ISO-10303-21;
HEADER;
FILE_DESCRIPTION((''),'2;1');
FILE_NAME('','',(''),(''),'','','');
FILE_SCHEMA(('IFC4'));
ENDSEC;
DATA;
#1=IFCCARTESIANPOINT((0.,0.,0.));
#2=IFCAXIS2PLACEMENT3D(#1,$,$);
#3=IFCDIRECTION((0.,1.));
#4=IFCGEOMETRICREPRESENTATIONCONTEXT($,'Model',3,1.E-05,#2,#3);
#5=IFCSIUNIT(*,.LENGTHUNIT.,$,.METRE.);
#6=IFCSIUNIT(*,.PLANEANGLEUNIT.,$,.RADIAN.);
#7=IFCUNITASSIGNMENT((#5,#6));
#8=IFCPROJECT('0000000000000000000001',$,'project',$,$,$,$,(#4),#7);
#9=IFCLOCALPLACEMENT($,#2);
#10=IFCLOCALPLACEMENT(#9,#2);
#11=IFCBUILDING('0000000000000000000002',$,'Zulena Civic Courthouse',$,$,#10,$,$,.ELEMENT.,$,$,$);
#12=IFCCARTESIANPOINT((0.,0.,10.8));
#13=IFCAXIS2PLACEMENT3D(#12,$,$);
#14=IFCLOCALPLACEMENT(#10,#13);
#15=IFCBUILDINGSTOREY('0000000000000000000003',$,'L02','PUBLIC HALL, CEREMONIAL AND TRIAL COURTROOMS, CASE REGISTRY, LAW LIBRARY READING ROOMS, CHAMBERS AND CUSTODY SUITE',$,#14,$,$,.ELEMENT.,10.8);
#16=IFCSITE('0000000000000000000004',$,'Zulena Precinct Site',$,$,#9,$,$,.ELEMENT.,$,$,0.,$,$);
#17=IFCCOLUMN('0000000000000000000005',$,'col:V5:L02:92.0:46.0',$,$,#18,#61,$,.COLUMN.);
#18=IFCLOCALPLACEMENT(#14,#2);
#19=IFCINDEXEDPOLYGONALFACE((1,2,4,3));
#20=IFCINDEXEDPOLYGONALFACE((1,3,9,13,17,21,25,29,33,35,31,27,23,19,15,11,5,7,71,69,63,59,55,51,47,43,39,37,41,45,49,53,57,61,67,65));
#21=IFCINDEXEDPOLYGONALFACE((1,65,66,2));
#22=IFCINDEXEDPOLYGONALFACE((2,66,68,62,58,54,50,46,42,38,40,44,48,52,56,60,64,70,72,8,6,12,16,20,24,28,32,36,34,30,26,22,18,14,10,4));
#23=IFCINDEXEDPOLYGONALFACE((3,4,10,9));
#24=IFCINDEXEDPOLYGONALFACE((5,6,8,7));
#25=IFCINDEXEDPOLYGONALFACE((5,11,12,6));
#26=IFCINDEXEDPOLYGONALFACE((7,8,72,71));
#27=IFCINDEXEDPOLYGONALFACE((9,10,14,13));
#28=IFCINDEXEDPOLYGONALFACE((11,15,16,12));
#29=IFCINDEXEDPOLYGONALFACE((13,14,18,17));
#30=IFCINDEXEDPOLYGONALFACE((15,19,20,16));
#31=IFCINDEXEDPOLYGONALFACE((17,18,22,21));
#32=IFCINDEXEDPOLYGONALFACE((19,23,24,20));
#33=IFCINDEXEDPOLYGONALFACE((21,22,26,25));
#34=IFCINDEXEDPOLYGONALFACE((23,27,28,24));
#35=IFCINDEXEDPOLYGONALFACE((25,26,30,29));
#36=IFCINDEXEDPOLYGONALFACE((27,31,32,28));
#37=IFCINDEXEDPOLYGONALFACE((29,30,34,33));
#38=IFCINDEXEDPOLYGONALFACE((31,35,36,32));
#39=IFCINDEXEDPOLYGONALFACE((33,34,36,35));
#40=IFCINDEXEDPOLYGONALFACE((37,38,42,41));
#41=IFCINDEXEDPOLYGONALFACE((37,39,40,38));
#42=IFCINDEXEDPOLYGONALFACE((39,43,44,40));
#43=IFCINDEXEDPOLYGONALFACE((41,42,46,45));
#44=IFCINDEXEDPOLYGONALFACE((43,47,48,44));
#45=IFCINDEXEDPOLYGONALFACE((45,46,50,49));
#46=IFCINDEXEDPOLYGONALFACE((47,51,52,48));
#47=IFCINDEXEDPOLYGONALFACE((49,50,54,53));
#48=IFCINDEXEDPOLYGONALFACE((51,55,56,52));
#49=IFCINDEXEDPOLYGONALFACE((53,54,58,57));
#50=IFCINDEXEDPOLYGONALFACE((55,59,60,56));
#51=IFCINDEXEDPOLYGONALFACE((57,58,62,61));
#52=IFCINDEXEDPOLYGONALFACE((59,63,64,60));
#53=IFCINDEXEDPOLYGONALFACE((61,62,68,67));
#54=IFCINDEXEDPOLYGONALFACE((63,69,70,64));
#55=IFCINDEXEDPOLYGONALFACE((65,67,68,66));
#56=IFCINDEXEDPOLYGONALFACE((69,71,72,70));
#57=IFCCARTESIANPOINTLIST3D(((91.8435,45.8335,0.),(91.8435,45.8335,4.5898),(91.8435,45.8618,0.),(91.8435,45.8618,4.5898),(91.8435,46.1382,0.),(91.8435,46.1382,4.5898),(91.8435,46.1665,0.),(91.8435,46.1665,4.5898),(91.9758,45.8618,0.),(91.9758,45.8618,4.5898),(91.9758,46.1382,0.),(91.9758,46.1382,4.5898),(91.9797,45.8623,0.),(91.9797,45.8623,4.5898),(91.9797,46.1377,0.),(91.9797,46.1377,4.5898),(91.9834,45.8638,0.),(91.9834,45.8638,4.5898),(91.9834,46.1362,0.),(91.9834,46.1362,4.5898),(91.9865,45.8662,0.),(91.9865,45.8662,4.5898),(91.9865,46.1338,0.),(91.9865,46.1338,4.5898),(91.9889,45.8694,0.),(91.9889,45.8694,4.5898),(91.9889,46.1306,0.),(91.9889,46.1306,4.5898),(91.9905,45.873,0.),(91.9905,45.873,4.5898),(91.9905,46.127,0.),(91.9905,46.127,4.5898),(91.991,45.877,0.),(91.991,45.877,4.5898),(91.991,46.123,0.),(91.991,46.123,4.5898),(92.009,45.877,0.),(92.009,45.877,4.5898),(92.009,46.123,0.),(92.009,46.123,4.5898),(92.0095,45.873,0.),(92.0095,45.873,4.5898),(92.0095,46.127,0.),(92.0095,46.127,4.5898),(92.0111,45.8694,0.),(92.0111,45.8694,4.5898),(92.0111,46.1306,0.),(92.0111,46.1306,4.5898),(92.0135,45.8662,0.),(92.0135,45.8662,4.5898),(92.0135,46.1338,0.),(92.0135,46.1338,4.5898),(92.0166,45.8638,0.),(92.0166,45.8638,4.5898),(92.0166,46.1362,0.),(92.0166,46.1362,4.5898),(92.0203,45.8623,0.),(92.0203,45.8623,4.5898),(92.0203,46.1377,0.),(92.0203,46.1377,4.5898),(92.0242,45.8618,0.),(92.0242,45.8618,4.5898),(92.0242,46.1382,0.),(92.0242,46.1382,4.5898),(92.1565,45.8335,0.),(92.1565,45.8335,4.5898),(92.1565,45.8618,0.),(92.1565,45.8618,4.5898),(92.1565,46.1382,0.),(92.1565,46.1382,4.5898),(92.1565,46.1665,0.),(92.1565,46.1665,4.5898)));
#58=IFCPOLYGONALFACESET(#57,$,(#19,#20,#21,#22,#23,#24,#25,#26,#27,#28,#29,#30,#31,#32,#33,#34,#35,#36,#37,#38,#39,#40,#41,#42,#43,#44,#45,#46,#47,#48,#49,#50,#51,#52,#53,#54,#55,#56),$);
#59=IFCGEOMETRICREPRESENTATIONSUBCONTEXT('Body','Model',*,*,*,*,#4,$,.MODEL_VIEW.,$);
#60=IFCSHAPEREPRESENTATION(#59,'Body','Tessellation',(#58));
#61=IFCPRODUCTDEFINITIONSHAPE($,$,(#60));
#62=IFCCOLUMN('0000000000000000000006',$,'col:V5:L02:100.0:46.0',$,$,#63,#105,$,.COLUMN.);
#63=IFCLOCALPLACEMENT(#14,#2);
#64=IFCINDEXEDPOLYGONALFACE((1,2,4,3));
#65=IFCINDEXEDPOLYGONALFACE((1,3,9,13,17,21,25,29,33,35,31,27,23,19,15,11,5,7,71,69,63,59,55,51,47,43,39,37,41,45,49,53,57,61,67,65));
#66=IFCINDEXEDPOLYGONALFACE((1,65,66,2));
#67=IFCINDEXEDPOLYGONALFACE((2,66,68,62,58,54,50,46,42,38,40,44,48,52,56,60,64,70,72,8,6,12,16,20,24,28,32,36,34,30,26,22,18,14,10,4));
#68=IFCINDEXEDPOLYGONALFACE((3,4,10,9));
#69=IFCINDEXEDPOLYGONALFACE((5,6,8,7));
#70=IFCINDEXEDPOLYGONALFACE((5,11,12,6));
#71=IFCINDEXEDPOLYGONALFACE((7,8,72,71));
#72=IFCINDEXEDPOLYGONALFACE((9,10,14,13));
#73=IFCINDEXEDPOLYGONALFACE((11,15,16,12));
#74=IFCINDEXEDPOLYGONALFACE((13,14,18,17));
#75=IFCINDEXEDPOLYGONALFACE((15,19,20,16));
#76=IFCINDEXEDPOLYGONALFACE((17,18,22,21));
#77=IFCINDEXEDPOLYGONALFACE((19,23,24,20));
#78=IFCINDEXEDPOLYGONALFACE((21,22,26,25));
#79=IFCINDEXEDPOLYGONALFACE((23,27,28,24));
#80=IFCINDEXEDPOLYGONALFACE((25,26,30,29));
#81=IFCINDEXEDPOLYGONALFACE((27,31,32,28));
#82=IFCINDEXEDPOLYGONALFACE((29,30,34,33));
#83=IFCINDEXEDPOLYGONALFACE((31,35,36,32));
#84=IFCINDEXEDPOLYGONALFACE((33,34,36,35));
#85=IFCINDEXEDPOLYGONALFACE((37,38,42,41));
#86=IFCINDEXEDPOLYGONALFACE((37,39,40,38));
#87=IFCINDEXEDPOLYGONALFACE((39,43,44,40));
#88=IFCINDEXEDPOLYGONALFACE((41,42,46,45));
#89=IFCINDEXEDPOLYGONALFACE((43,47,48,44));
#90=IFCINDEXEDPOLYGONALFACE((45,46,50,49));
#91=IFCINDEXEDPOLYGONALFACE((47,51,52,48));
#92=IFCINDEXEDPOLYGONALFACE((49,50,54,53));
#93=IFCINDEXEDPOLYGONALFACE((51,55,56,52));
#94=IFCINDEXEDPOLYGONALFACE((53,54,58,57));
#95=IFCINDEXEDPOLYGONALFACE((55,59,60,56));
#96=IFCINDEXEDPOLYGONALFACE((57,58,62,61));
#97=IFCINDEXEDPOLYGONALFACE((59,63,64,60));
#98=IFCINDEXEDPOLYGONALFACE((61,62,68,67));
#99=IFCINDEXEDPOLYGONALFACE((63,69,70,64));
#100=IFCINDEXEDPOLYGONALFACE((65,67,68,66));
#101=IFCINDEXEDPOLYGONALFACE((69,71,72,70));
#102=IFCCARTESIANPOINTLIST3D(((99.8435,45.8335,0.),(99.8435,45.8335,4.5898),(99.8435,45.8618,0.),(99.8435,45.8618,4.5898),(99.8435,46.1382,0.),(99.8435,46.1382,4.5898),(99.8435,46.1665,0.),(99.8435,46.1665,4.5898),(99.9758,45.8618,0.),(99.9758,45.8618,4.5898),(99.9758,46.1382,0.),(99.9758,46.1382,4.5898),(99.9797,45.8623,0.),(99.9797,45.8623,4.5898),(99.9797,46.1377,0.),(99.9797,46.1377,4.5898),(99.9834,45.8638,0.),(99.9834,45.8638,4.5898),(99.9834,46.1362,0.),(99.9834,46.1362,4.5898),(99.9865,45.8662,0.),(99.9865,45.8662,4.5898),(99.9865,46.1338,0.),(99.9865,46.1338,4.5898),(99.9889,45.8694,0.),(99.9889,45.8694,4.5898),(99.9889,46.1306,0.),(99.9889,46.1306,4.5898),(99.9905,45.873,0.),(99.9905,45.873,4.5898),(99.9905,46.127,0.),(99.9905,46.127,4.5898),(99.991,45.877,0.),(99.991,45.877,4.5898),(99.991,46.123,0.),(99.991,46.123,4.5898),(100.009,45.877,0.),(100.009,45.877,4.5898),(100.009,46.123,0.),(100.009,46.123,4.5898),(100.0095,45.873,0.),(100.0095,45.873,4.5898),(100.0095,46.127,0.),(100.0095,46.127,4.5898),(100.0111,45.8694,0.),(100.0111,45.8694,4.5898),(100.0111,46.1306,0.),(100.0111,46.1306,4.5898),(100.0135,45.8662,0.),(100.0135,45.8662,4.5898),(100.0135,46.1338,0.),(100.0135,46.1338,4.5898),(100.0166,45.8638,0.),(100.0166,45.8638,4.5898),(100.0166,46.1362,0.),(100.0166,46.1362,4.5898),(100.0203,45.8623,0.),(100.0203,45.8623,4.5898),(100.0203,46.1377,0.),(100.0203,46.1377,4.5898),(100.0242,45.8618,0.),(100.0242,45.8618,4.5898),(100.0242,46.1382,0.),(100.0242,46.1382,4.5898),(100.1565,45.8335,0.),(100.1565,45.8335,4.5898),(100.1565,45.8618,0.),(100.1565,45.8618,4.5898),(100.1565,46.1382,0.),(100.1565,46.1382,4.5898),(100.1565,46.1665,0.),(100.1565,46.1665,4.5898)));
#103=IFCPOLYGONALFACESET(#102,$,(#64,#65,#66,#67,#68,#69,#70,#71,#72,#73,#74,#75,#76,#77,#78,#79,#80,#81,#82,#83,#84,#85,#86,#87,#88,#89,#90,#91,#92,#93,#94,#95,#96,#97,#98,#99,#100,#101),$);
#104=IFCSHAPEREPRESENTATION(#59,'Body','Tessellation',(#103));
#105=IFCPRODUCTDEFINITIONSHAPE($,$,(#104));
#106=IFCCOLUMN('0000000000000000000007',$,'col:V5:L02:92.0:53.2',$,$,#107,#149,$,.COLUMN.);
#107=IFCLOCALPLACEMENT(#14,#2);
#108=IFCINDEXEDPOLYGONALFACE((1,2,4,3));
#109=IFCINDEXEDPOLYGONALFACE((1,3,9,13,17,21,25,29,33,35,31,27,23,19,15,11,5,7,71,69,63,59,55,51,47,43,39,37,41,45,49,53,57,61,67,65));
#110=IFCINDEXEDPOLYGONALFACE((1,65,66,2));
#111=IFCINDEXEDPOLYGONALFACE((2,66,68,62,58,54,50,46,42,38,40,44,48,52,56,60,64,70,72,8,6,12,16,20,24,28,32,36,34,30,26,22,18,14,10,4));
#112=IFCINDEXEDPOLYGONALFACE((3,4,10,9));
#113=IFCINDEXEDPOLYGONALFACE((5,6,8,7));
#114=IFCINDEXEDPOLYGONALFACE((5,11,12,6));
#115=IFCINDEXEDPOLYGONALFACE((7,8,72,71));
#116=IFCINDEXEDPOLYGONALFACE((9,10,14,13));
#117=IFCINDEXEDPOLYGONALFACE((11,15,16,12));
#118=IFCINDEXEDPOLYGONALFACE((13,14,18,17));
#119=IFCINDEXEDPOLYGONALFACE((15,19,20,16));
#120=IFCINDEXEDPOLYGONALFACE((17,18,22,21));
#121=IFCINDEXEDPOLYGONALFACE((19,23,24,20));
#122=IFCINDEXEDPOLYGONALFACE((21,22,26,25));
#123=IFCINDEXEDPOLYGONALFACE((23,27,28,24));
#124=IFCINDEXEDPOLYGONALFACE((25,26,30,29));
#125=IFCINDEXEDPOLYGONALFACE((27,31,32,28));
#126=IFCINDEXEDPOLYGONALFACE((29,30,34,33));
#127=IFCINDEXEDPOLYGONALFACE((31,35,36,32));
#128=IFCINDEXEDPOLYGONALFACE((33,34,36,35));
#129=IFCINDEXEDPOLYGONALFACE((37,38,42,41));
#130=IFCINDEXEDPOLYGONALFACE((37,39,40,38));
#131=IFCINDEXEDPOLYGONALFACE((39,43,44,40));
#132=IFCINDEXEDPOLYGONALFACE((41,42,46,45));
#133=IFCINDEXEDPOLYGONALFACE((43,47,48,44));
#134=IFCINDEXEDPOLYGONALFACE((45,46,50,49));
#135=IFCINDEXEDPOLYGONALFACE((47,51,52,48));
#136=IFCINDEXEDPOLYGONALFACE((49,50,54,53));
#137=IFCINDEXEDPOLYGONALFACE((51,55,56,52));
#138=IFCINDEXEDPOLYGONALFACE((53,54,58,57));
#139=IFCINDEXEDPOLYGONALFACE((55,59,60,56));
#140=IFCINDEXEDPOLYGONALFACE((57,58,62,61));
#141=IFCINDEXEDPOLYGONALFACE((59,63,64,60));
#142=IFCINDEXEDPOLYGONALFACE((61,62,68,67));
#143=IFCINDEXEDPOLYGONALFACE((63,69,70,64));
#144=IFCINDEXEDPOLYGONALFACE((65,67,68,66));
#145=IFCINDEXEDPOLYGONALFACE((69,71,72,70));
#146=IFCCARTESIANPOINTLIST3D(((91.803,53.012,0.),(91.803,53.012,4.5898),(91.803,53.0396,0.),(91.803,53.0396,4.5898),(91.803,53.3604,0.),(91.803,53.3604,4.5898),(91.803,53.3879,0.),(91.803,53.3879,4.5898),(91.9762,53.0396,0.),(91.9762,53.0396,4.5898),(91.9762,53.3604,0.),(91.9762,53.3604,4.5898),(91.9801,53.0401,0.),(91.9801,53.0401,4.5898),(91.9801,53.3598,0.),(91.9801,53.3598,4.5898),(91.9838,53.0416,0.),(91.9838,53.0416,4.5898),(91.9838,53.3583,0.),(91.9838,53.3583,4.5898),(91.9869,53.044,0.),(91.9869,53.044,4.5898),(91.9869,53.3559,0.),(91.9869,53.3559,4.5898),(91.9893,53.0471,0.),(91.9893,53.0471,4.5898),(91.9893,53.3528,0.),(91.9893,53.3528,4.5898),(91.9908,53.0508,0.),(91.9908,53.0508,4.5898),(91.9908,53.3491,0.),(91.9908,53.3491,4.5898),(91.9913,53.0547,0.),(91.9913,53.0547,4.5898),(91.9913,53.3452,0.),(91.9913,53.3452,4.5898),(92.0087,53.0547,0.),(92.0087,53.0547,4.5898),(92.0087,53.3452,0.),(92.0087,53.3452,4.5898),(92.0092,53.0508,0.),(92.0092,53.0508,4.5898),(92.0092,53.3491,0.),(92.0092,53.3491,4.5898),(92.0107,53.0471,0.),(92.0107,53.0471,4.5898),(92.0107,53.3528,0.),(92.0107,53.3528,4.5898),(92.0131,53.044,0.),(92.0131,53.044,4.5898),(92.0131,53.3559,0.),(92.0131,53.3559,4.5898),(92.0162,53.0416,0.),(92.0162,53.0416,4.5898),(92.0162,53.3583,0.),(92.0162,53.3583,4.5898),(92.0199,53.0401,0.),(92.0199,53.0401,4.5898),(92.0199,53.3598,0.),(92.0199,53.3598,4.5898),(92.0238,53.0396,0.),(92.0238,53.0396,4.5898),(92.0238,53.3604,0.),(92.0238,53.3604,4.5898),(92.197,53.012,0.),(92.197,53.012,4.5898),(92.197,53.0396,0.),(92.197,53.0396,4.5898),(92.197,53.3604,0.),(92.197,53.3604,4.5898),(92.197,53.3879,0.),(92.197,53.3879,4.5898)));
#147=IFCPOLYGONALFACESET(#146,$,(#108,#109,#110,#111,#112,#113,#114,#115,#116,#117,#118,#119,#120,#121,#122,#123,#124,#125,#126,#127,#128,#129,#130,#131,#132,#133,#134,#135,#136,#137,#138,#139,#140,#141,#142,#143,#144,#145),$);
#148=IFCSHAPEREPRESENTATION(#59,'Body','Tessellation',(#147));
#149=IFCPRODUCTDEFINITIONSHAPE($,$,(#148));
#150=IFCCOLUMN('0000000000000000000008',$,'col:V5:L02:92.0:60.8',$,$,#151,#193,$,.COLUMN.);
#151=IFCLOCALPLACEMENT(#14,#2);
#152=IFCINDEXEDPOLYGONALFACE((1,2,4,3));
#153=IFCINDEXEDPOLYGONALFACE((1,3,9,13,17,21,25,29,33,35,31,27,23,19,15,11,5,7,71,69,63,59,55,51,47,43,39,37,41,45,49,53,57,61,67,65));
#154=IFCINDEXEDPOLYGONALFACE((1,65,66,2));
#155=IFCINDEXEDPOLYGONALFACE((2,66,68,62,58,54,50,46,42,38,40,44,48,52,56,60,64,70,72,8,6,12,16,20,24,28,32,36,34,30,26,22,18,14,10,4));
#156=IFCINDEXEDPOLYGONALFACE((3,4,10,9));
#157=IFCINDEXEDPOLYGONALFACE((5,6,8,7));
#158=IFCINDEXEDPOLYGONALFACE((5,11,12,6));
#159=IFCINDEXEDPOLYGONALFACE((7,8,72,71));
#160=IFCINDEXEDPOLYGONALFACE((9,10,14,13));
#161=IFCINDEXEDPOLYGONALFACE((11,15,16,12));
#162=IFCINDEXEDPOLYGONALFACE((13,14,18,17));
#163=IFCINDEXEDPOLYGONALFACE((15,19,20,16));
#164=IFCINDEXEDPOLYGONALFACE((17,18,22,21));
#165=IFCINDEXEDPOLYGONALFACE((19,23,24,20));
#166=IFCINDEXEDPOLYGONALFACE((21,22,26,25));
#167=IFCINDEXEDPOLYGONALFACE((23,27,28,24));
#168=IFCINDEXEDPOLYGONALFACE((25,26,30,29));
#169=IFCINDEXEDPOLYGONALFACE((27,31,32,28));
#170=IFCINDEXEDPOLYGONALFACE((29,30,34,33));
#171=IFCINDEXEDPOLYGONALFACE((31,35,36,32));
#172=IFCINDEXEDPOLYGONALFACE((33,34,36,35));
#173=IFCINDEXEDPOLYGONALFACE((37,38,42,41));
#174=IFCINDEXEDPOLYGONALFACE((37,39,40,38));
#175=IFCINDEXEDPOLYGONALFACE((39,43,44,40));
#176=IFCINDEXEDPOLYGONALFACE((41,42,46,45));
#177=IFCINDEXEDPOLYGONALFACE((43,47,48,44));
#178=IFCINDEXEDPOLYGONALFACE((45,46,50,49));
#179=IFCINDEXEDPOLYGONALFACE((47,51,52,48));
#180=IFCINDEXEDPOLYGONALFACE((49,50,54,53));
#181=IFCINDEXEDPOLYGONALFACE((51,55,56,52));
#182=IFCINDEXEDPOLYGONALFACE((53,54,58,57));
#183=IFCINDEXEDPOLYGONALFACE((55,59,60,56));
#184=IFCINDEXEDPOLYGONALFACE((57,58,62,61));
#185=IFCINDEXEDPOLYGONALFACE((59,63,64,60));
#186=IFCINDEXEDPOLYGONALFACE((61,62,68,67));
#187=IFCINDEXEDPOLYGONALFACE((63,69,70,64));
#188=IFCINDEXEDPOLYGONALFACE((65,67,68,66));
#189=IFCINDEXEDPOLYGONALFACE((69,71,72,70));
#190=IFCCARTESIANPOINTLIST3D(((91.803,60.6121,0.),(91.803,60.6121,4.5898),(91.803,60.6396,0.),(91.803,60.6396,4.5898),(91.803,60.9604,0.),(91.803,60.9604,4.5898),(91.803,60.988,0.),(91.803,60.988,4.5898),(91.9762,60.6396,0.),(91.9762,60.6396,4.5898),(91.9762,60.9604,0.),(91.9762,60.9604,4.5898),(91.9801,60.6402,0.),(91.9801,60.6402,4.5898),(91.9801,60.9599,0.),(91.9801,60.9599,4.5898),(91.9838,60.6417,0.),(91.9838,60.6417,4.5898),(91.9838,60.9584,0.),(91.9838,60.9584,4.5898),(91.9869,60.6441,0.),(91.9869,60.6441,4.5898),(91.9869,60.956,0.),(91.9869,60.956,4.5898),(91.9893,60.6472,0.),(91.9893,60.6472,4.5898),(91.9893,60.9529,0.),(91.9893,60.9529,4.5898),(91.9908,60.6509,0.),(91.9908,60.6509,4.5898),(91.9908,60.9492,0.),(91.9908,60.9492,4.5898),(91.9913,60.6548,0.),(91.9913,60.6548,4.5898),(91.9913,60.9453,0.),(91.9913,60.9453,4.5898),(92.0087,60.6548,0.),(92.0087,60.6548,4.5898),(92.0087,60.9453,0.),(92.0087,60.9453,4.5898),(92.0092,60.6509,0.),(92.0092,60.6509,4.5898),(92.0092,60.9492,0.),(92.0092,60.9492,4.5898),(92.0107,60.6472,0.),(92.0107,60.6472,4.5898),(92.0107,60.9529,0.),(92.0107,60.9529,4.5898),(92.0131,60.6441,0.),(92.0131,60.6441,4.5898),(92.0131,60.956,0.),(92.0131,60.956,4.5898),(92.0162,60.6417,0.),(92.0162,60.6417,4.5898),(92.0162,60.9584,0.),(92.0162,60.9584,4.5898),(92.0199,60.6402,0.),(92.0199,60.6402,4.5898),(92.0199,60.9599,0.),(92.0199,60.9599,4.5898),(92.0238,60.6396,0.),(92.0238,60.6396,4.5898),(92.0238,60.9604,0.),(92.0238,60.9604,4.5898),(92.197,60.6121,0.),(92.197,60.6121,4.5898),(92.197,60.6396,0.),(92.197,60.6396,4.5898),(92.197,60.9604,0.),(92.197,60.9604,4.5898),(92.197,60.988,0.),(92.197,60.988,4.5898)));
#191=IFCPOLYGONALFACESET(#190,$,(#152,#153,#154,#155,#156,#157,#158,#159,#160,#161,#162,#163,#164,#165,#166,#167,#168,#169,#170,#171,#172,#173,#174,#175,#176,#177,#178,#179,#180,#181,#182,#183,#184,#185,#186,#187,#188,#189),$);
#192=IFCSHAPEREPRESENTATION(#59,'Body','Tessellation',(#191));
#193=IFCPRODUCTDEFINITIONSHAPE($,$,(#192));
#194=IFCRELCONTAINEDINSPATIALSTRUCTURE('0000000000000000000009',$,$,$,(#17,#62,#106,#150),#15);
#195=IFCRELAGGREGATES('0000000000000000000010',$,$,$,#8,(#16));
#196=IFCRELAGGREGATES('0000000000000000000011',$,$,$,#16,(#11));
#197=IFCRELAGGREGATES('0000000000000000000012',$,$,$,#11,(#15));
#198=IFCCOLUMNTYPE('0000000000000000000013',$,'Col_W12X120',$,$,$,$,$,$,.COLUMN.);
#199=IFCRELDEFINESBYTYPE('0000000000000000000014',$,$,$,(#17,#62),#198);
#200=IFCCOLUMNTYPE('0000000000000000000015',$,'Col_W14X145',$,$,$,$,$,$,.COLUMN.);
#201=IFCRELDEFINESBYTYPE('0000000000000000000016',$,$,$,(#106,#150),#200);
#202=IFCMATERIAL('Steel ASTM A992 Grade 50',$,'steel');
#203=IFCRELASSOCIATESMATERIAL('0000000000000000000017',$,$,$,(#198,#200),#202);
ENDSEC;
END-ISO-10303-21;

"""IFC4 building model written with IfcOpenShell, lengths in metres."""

from ifc_helpers import new_model, si_unit, direction, frame, origin, origin_2d, place, context, subcontext, project, spatial, i_section, extrude, material, material_profile, profile_set, type_object, element, save


model = new_model("IFC4")

# Units and contexts
model_context = context("Model", 3, precision=1e-05, world=origin(), true_north=direction((0.0, 1.0)))
body_context = subcontext(model_context, "Body", "Model", "MODEL_VIEW")
ifc_project = project(units=[si_unit("LENGTHUNIT", "METRE"), si_unit("PLANEANGLEUNIT", "RADIAN")], contexts=[model_context])

# Site, building, storey
site_placement = place(None, origin())
site = spatial("IfcSite", under=ifc_project, at=site_placement, Name="Zulena Precinct Site", CompositionType="ELEMENT", RefElevation=0.0)
building_placement = place(site_placement, origin())
building = spatial("IfcBuilding", under=site, at=building_placement, Name="Zulena Civic Courthouse", CompositionType="ELEMENT")
storey_placement = place(building_placement, frame((0.0, 0.0, 10.8)))
storey = spatial("IfcBuildingStorey", under=building, at=storey_placement, Name="L02", Description="PUBLIC HALL, CEREMONIAL AND TRIAL COURTROOMS, CASE REGISTRY, LAW LIBRARY READING ROOMS, CHAMBERS AND CUSTODY SUITE", CompositionType="ELEMENT", Elevation=10.8)

# Columns
ifc_material_1 = material(Name="Steel ASTM A992 Grade 50", Category="steel")
ifc_material_profile_1 = material_profile(ifc_material_1, i_section(OverallWidth=0.313, OverallDepth=0.333, WebThickness=0.0181, FlangeThickness=0.0283, FilletRadius=0.0151, at=origin_2d()), Name="W12X120")
ifc_profile_set_1 = profile_set([ifc_material_profile_1], Name="Steel ASTM A992 Grade 50")
column_type_1 = type_object("IfcColumnType", Name="Col_W12X120", PredefinedType="COLUMN", material=ifc_profile_set_1)
for number, where, z_axis, x_axis, name in (
    (1, (92.0, 46.0, 0.0), (0.0, 0.0, 1.0), (1.0, 0.0, 0.0), "col:V5:L02:92.0:46.0"),
    (2, (100.0, 46.0, 0.0), (0.0, 0.0, 1.0), (1.0, 0.0, 0.0), "col:V5:L02:100.0:46.0"),
):
    element("IfcColumn", number, at=place(storey_placement, frame(where, z_axis=z_axis, x_axis=x_axis)), inside=storey, type_object=column_type_1, Name=name, PredefinedType="COLUMN", context=body_context, shape_type="SweptSolid", body=[
        extrude(i_section(OverallWidth=0.313, OverallDepth=0.333, WebThickness=0.0181, FlangeThickness=0.0283, FilletRadius=0.0151, at=origin_2d()), origin(), (0.0, 0.0, 1.0), 4.5898),
    ])
ifc_material_profile_2 = material_profile(ifc_material_1, i_section(OverallWidth=0.394, OverallDepth=0.376, WebThickness=0.0173, FlangeThickness=0.0276, FilletRadius=0.0151, at=origin_2d()), Name="W14X145")
ifc_profile_set_2 = profile_set([ifc_material_profile_2], Name="Steel ASTM A992 Grade 50")
column_type_2 = type_object("IfcColumnType", Name="Col_W14X145", PredefinedType="COLUMN", material=ifc_profile_set_2)
for number, where, z_axis, x_axis, name in (
    (3, (92.0, 53.2, 0.0), (0.0, 0.0, 1.0), (1.0, 0.0, 0.0), "col:V5:L02:92.0:53.2"),
    (4, (92.0, 60.8, 0.0), (0.0, 0.0, 1.0), (1.0, 0.0, 0.0), "col:V5:L02:92.0:60.8"),
):
    element("IfcColumn", number, at=place(storey_placement, frame(where, z_axis=z_axis, x_axis=x_axis)), inside=storey, type_object=column_type_2, Name=name, PredefinedType="COLUMN", context=body_context, shape_type="SweptSolid", body=[
        extrude(i_section(OverallWidth=0.394, OverallDepth=0.376, WebThickness=0.0173, FlangeThickness=0.0276, FilletRadius=0.0151, at=origin_2d()), origin(), (0.0, 0.0, 1.0), 4.5898),
    ])

save(model, "model.ifc")
